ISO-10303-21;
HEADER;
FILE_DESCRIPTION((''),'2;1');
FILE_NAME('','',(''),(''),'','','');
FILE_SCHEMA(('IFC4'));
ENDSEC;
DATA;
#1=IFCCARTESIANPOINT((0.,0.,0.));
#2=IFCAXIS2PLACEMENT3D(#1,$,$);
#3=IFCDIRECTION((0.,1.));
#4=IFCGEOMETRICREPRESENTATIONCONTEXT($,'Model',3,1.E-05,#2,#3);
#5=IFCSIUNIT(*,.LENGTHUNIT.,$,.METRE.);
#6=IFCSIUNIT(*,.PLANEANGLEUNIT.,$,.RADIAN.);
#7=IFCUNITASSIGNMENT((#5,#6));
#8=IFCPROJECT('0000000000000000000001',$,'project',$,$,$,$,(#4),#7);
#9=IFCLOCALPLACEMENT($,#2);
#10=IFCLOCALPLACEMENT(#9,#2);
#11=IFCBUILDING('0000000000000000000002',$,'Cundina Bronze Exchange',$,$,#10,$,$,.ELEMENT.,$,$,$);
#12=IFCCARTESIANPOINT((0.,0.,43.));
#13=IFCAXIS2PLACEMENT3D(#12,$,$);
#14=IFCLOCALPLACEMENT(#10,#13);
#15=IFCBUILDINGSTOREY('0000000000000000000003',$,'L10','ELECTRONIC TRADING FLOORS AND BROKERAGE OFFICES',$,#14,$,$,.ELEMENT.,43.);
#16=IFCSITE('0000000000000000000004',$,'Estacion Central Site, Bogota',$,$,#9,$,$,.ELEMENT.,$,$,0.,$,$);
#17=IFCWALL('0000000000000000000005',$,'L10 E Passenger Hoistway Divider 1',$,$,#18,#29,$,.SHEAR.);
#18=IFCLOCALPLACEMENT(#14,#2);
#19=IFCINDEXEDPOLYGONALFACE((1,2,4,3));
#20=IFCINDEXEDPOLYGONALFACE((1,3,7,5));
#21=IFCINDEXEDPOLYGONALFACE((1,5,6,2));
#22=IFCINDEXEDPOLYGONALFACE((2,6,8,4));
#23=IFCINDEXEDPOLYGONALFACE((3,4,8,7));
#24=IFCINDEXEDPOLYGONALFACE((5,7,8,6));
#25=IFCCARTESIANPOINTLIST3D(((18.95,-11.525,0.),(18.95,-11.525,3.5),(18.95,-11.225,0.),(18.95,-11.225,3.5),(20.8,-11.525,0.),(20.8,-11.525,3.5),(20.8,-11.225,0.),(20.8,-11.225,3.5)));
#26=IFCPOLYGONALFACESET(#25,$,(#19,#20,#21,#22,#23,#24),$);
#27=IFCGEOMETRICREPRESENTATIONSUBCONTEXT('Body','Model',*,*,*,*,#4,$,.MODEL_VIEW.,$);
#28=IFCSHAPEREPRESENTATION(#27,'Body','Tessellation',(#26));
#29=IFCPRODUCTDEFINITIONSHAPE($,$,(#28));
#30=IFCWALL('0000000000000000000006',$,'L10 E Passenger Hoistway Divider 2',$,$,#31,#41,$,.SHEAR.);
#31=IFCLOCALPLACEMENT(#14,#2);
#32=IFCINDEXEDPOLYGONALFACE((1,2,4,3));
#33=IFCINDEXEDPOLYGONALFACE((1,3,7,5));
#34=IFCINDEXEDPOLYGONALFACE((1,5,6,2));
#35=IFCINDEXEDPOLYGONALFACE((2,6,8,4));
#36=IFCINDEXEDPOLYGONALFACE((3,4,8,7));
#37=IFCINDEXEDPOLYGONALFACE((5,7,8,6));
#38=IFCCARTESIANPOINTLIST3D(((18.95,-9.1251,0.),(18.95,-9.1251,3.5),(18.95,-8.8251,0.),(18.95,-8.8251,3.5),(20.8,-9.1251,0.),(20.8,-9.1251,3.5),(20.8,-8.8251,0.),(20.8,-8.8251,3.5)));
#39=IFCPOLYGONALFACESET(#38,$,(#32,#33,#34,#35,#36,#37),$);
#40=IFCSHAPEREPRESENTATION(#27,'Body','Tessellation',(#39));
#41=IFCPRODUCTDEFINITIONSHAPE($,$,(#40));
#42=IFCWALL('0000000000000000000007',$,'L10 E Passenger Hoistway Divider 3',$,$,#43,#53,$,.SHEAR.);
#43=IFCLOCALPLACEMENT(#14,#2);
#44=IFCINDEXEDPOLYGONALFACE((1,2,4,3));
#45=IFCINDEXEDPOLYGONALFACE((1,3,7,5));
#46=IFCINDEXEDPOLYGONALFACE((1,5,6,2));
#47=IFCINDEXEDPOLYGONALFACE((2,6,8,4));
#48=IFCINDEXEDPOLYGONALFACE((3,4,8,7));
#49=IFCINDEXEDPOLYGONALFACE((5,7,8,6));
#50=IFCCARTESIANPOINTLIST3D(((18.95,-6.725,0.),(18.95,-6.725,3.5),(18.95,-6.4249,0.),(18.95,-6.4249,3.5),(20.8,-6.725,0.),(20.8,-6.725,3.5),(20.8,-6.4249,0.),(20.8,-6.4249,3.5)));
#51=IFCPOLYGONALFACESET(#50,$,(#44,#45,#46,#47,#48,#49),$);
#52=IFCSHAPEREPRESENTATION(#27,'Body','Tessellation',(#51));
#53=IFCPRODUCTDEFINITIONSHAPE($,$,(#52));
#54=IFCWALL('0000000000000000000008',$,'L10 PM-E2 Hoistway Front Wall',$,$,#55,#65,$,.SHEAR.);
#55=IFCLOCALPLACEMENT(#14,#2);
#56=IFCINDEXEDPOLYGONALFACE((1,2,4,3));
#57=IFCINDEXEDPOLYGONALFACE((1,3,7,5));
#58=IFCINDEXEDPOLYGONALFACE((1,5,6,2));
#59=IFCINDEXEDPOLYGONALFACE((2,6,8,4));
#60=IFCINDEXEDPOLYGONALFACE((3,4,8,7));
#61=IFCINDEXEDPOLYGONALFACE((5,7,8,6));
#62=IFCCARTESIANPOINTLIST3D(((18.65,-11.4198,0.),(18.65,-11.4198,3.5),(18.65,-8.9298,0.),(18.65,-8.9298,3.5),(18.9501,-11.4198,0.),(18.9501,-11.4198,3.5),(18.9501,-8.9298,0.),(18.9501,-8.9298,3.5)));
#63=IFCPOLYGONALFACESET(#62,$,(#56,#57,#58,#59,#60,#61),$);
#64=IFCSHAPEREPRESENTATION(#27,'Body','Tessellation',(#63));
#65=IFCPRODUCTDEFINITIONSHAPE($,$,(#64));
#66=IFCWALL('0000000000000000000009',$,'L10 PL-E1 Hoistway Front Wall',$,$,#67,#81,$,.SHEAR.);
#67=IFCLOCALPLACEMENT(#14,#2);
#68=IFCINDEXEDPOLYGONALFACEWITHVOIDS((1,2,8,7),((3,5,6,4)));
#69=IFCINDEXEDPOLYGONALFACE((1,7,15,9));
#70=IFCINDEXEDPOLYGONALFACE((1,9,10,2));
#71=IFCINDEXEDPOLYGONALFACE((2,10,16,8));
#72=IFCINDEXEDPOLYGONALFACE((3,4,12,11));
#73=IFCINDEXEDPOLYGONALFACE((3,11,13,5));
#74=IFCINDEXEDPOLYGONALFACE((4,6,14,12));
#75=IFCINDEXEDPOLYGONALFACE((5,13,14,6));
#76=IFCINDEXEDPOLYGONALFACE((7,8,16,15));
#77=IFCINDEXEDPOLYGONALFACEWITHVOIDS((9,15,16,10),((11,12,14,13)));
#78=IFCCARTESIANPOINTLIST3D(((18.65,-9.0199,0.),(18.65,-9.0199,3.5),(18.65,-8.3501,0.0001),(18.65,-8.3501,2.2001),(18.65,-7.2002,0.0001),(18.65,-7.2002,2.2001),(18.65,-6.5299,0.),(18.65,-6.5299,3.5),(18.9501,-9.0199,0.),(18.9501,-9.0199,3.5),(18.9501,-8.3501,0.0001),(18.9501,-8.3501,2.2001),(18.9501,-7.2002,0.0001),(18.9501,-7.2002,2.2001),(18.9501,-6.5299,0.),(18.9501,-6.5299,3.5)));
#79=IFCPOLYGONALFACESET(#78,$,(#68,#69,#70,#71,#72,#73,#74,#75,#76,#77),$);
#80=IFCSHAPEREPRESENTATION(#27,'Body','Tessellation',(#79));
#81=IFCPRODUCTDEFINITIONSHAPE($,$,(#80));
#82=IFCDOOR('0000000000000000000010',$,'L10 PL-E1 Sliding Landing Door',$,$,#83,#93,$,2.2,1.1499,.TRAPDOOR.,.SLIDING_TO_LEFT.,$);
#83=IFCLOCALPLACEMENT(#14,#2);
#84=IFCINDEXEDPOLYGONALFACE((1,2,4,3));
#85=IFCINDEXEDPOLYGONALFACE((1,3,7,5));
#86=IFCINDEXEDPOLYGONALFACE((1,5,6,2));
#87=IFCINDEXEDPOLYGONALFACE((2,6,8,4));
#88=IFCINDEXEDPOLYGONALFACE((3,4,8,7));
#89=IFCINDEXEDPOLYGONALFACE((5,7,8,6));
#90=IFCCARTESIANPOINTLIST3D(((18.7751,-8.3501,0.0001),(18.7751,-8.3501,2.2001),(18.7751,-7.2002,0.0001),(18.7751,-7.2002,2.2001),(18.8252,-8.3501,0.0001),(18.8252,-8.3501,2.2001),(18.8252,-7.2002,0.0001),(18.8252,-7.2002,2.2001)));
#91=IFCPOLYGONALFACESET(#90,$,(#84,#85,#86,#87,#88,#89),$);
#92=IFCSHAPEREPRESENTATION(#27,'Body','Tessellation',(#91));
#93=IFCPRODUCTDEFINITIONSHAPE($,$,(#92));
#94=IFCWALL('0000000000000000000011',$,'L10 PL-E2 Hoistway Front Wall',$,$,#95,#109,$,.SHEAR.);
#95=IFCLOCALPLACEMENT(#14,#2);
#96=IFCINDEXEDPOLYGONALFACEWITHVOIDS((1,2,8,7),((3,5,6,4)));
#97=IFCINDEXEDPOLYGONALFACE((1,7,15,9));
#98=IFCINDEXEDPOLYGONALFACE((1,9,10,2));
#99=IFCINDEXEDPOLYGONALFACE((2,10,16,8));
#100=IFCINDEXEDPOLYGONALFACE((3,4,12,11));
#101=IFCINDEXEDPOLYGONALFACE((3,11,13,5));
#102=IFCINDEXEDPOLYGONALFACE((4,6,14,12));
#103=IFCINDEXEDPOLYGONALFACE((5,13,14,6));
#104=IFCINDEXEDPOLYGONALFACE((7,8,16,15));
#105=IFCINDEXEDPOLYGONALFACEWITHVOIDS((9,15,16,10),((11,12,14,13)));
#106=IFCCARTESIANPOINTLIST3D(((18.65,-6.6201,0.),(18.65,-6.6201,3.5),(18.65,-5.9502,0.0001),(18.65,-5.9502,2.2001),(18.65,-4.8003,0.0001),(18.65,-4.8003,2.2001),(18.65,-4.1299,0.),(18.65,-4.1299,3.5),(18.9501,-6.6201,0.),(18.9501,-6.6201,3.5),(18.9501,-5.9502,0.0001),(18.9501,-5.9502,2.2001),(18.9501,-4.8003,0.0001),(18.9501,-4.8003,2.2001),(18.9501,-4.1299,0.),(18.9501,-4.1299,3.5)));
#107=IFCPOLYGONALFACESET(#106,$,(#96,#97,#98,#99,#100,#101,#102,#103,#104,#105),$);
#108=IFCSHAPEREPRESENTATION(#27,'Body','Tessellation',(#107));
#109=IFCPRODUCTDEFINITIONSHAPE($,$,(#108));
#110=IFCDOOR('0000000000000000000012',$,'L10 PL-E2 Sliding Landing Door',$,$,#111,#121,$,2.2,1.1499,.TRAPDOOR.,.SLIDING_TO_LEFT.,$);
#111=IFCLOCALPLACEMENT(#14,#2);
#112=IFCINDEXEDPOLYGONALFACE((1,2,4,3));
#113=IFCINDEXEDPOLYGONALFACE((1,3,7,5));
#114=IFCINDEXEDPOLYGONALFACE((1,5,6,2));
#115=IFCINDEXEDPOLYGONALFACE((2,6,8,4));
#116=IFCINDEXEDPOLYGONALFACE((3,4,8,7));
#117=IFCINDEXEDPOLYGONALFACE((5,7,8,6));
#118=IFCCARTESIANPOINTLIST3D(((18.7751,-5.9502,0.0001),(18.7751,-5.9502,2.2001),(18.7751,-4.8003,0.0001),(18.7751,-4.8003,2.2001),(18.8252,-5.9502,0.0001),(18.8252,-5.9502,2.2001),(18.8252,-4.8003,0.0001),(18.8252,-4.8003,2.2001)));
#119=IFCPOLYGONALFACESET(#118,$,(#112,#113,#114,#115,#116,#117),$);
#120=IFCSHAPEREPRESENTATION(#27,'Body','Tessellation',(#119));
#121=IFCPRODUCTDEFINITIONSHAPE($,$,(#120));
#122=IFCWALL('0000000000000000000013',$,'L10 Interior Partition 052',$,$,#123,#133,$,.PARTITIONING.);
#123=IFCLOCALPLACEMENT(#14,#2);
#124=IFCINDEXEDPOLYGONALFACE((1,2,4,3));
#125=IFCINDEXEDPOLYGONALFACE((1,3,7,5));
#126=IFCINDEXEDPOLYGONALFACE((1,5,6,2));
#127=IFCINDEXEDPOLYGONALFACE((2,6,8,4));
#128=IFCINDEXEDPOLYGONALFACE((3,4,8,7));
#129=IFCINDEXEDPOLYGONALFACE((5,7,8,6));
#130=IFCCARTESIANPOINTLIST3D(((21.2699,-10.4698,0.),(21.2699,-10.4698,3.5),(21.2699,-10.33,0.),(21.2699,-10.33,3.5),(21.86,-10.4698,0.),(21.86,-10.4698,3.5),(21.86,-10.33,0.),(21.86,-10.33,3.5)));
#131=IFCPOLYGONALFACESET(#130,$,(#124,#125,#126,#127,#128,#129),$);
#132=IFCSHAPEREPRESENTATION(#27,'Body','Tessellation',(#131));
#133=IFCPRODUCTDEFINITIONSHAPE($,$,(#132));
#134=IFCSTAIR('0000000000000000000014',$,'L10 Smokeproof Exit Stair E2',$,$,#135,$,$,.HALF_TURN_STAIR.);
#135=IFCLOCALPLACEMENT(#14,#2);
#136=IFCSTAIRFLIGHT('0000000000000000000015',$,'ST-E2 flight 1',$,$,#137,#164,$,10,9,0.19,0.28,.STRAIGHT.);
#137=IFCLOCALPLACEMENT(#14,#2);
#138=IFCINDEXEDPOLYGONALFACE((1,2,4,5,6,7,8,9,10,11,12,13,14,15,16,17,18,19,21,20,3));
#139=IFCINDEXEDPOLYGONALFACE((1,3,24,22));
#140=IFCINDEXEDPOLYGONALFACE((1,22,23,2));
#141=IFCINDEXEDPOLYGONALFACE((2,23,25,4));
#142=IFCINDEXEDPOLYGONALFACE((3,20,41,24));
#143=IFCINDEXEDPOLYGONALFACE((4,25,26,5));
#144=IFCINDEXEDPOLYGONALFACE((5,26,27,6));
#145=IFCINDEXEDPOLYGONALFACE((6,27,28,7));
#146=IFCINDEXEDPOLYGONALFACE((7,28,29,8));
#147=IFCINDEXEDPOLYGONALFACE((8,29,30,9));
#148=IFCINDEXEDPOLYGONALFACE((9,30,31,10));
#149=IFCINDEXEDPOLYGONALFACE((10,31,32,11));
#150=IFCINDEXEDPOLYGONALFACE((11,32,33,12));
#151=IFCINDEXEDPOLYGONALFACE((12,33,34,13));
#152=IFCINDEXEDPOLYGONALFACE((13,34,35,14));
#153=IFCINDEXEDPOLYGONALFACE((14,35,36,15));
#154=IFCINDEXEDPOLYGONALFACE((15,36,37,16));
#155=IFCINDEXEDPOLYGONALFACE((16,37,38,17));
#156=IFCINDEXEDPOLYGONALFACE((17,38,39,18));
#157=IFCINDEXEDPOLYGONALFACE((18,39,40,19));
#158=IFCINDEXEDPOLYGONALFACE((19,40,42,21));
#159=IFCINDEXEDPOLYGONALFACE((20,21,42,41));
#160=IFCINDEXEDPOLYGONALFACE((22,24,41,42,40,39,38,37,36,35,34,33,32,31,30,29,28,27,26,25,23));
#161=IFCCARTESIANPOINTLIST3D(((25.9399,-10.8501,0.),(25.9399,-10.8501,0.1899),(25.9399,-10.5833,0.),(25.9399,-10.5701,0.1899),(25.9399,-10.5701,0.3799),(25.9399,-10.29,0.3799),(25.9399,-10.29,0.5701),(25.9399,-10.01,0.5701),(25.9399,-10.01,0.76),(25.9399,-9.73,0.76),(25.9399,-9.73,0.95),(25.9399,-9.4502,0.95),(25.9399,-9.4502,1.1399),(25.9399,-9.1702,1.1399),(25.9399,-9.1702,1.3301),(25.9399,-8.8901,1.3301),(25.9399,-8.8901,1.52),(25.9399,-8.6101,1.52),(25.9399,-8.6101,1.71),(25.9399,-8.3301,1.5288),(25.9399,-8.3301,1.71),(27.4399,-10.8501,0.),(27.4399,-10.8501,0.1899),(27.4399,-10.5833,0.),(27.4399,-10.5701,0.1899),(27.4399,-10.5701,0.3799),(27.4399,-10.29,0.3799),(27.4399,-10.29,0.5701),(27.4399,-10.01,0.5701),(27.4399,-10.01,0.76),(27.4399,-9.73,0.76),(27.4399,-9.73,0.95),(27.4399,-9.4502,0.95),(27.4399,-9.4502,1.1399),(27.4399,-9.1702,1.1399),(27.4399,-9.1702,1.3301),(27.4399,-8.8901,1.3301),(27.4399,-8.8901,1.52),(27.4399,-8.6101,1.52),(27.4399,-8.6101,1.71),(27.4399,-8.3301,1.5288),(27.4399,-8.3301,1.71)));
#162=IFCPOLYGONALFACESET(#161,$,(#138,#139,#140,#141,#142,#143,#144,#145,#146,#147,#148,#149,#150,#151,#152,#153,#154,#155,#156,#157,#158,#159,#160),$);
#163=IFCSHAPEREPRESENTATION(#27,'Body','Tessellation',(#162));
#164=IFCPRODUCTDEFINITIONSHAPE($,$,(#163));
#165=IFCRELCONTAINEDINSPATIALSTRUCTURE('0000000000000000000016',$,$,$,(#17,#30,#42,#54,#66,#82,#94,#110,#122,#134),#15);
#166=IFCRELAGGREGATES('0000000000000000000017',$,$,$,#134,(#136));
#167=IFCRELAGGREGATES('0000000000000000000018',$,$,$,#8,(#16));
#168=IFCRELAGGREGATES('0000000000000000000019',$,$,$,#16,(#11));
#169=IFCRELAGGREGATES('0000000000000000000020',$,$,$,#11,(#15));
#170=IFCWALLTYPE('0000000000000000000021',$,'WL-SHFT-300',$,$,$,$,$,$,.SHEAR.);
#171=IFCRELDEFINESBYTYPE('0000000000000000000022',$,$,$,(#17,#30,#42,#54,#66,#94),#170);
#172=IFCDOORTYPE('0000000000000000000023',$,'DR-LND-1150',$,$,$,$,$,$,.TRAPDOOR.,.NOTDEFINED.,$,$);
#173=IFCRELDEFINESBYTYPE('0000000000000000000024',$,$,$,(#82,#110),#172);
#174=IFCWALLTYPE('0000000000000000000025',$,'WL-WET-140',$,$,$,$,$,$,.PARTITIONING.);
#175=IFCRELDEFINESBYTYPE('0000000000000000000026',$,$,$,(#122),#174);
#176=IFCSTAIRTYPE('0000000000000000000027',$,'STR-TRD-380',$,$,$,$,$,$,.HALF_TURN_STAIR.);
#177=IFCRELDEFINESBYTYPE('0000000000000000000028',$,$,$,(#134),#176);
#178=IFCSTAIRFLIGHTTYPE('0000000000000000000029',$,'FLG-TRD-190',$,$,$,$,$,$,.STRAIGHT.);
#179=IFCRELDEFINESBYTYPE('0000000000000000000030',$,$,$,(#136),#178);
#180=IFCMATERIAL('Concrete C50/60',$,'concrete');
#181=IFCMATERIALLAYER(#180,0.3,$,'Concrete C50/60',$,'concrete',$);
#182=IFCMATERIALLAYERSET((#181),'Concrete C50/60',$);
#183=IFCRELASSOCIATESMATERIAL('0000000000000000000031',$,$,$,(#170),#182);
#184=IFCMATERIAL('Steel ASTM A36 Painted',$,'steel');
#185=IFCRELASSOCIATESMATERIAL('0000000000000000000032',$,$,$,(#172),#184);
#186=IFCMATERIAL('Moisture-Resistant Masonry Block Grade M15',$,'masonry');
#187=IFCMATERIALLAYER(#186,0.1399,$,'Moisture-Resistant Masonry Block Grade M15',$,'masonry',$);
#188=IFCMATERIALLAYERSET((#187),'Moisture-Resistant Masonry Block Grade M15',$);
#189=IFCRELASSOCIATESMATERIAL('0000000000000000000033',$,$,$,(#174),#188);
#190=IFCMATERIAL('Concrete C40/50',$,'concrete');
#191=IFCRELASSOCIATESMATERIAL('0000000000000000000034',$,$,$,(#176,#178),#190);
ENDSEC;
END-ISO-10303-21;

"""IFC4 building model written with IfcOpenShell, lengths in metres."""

from ifc_helpers import new_model, si_unit, direction, frame, frame_2d, origin, place, context, subcontext, project, spatial, polyline, rectangle, outline, extrude, material, layer, layer_set, type_object, element, fill, aggregate, save


model = new_model("IFC4")

# Units and contexts
model_context = context("Model", 3, precision=1e-05, world=origin(), true_north=direction((0.0, 1.0)))
body_context = subcontext(model_context, "Body", "Model", "MODEL_VIEW")
ifc_project = project(units=[si_unit("LENGTHUNIT", "METRE"), si_unit("PLANEANGLEUNIT", "RADIAN")], contexts=[model_context])

# Site, building, storey
site_placement = place(None, origin())
site = spatial("IfcSite", under=ifc_project, at=site_placement, Name="Estacion Central Site, Bogota", CompositionType="ELEMENT", RefElevation=0.0)
building_placement = place(site_placement, origin())
building = spatial("IfcBuilding", under=site, at=building_placement, Name="Cundina Bronze Exchange", CompositionType="ELEMENT")
storey_placement = place(building_placement, frame((0.0, 0.0, 43.0)))
storey = spatial("IfcBuildingStorey", under=building, at=storey_placement, Name="L10", Description="ELECTRONIC TRADING FLOORS AND BROKERAGE OFFICES", CompositionType="ELEMENT", Elevation=43.0)

# Shared definitions
ifc_material_1 = material(Name="Concrete C50/60", Category="concrete")
ifc_layer_1 = layer(ifc_material_1, 0.3, Name="Concrete C50/60", Category="concrete")
ifc_layer_set_1 = layer_set([ifc_layer_1], Name="Concrete C50/60")
wall_type_1 = type_object("IfcWallType", Name="WL-SHFT-300", PredefinedType="SHEAR", material=ifc_layer_set_1)

# Shared definitions
ifc_material_2 = material(Name="Steel ASTM A36 Painted", Category="steel")
door_type_1 = type_object("IfcDoorType", Name="DR-LND-1150", OperationType="NOTDEFINED", PredefinedType="TRAPDOOR", material=ifc_material_2)

# Walls
for number, where, z_axis, x_axis, name in (
    (1, (18.95, -11.375, 0.0), (0.0, 0.0, 1.0), (1.0, 0.0, 0.0), "L10 E Passenger Hoistway Divider 1"),
    (2, (18.95, -8.9751, 0.0), (0.0, 0.0, 1.0), (1.0, 0.0, 0.0), "L10 E Passenger Hoistway Divider 2"),
    (3, (18.95, -6.575, 0.0), (0.0, 0.0, 1.0), (1.0, 0.0, 0.0), "L10 E Passenger Hoistway Divider 3"),
):
    element("IfcWall", number, at=place(storey_placement, frame(where, z_axis=z_axis, x_axis=x_axis)), inside=storey, type_object=wall_type_1, Name=name, PredefinedType="SHEAR", context=body_context, shape_type="SweptSolid", body=[
        extrude(rectangle(XDim=1.8501, YDim=0.3, at=frame_2d((0.925, 0.0))), origin(), (0.0, 0.0, 1.0), 3.5),
    ])
wall_1_placement = place(storey_placement, frame((18.8, -11.4199, 0.0), z_axis=(0.0, 0.0, 1.0), x_axis=(0.0, 1.0, 0.0)))
element("IfcWall", 4, at=wall_1_placement, inside=storey, type_object=wall_type_1, Name="L10 PM-E2 Hoistway Front Wall", PredefinedType="SHEAR", context=body_context, shape_type="SweptSolid", body=[
    extrude(rectangle(XDim=2.49, YDim=0.3, at=frame_2d((1.2451, 0.0))), origin(), (0.0, 0.0, 1.0), 3.5),
])

# Walls, openings, doors
wall_2_placement = place(storey_placement, frame((18.8, -9.02, 0.0), z_axis=(0.0, 0.0, 1.0), x_axis=(0.0, 1.0, 0.0)))
wall_2 = element("IfcWall", 5, at=wall_2_placement, inside=storey, type_object=wall_type_1, Name="L10 PL-E1 Hoistway Front Wall", PredefinedType="SHEAR", context=body_context, shape_type="SweptSolid", body=[
    extrude(rectangle(XDim=2.49, YDim=0.3, at=frame_2d((1.2451, 0.0))), origin(), (0.0, 0.0, 1.0), 3.5),
])
opening_1_placement = place(wall_2_placement, frame((0.6699, 0.0, 0.0)))
opening_1 = element("IfcOpeningElement", 6, at=opening_1_placement, cuts=wall_2, PredefinedType="OPENING", context=body_context, shape_type="SweptSolid", body=[
    extrude(rectangle(XDim=1.1499, YDim=2.2, at=frame_2d((0.575, 1.1001))), frame((0.0, 0.1599, 0.0), z_axis=(0.0, -1.0, 0.0), x_axis=(1.0, 0.0, 0.0)), (0.0, 0.0, 1.0), 0.3201),
])
door_1_placement = place(opening_1_placement, origin())
door_1 = element("IfcDoor", 7, at=door_1_placement, inside=storey, type_object=door_type_1, Name="L10 PL-E1 Sliding Landing Door", OperationType="SLIDING_TO_LEFT", OverallHeight=2.2, OverallWidth=1.1499, PredefinedType="TRAPDOOR", context=body_context, shape_type="SweptSolid", body=[
    extrude(rectangle(XDim=1.1499, YDim=2.2, at=frame_2d((0.575, 1.1001))), frame((0.0, 0.0249, 0.0), z_axis=(0.0, -1.0, 0.0), x_axis=(1.0, 0.0, 0.0)), (0.0, 0.0, 1.0), 0.05),
])
fill(opening_1, door_1)
wall_3_placement = place(storey_placement, frame((18.8, -6.6201, 0.0), z_axis=(0.0, 0.0, 1.0), x_axis=(0.0, 1.0, 0.0)))
wall_3 = element("IfcWall", 8, at=wall_3_placement, inside=storey, type_object=wall_type_1, Name="L10 PL-E2 Hoistway Front Wall", PredefinedType="SHEAR", context=body_context, shape_type="SweptSolid", body=[
    extrude(rectangle(XDim=2.4902, YDim=0.3, at=frame_2d((1.2451, 0.0))), origin(), (0.0, 0.0, 1.0), 3.5),
])
opening_2_placement = place(wall_3_placement, frame((0.6699, 0.0, 0.0)))
opening_2 = element("IfcOpeningElement", 9, at=opening_2_placement, cuts=wall_3, PredefinedType="OPENING", context=body_context, shape_type="SweptSolid", body=[
    extrude(rectangle(XDim=1.1499, YDim=2.2, at=frame_2d((0.575, 1.1001))), frame((0.0, 0.1599, 0.0), z_axis=(0.0, -1.0, 0.0), x_axis=(1.0, 0.0, 0.0)), (0.0, 0.0, 1.0), 0.3201),
])
door_2_placement = place(opening_2_placement, origin())
door_2 = element("IfcDoor", 10, at=door_2_placement, inside=storey, type_object=door_type_1, Name="L10 PL-E2 Sliding Landing Door", OperationType="SLIDING_TO_LEFT", OverallHeight=2.2, OverallWidth=1.1499, PredefinedType="TRAPDOOR", context=body_context, shape_type="SweptSolid", body=[
    extrude(rectangle(XDim=1.1499, YDim=2.2, at=frame_2d((0.575, 1.1001))), frame((0.0, 0.0249, 0.0), z_axis=(0.0, -1.0, 0.0), x_axis=(1.0, 0.0, 0.0)), (0.0, 0.0, 1.0), 0.05),
])
fill(opening_2, door_2)

# Wall
ifc_material_3 = material(Name="Moisture-Resistant Masonry Block Grade M15", Category="masonry")
ifc_layer_2 = layer(ifc_material_3, 0.1399, Name="Moisture-Resistant Masonry Block Grade M15", Category="masonry")
ifc_layer_set_2 = layer_set([ifc_layer_2], Name="Moisture-Resistant Masonry Block Grade M15")
wall_type_2 = type_object("IfcWallType", Name="WL-WET-140", PredefinedType="PARTITIONING", material=ifc_layer_set_2)
wall_4_placement = place(storey_placement, frame((21.27, -10.3999, 0.0), z_axis=(0.0, 0.0, 1.0), x_axis=(1.0, 0.0, 0.0)))
element("IfcWall", 11, at=wall_4_placement, inside=storey, type_object=wall_type_2, Name="L10 Interior Partition 052", PredefinedType="PARTITIONING", context=body_context, shape_type="SweptSolid", body=[
    extrude(rectangle(XDim=0.5901, YDim=0.1399, at=frame_2d((0.2949, 0.0))), origin(), (0.0, 0.0, 1.0), 3.5),
])

# Stair, stair flight
ifc_material_4 = material(Name="Concrete C40/50", Category="concrete")
stair_type = type_object("IfcStairType", Name="STR-TRD-380", PredefinedType="HALF_TURN_STAIR", material=ifc_material_4)
stair_placement = place(storey_placement, origin())
stair = element("IfcStair", 12, at=stair_placement, inside=storey, type_object=stair_type, Name="L10 Smokeproof Exit Stair E2", PredefinedType="HALF_TURN_STAIR")
stair_flight_type = type_object("IfcStairFlightType", Name="FLG-TRD-190", PredefinedType="STRAIGHT", material=ifc_material_4)
stair_flight_1_placement = place(storey_placement, frame((26.6899, -10.8501, 0.0), z_axis=(0.0, 0.0, 1.0), x_axis=(0.0, 1.0, 0.0)))
stair_flight_1 = element("IfcStairFlight", 13, at=stair_flight_1_placement, type_object=stair_flight_type, Name="ST-E2 flight 1", NumberOfRisers=10, NumberOfTreads=9, PredefinedType="STRAIGHT", RiserHeight=0.19, TreadLength=0.28, context=body_context, shape_type="SweptSolid", body=[
    extrude(outline(polyline([(0.0, 0.0), (0.0, 0.1899), (0.28, 0.1899), (0.28, 0.3799), (0.5601, 0.3799), (0.5601, 0.5701), (0.8401, 0.5701), (0.8401, 0.76), (1.1201, 0.76), (1.1201, 0.95), (1.3999, 0.95), (1.3999, 1.1399), (1.6799, 1.1399), (1.6799, 1.3301), (1.96, 1.3301), (1.96, 1.52), (2.24, 1.52), (2.24, 1.71), (2.52, 1.71), (2.52, 1.8999), (2.52, 1.5288), (0.2668, 0.0), (0.0, 0.0)])), frame((0.0, 0.75, 0.0), z_axis=(0.0, -1.0, 0.0), x_axis=(1.0, 0.0, 0.0)), (0.0, 0.0, 1.0), 1.5),
])
aggregate(stair, [stair_flight_1])

save(model, "model.ifc")
